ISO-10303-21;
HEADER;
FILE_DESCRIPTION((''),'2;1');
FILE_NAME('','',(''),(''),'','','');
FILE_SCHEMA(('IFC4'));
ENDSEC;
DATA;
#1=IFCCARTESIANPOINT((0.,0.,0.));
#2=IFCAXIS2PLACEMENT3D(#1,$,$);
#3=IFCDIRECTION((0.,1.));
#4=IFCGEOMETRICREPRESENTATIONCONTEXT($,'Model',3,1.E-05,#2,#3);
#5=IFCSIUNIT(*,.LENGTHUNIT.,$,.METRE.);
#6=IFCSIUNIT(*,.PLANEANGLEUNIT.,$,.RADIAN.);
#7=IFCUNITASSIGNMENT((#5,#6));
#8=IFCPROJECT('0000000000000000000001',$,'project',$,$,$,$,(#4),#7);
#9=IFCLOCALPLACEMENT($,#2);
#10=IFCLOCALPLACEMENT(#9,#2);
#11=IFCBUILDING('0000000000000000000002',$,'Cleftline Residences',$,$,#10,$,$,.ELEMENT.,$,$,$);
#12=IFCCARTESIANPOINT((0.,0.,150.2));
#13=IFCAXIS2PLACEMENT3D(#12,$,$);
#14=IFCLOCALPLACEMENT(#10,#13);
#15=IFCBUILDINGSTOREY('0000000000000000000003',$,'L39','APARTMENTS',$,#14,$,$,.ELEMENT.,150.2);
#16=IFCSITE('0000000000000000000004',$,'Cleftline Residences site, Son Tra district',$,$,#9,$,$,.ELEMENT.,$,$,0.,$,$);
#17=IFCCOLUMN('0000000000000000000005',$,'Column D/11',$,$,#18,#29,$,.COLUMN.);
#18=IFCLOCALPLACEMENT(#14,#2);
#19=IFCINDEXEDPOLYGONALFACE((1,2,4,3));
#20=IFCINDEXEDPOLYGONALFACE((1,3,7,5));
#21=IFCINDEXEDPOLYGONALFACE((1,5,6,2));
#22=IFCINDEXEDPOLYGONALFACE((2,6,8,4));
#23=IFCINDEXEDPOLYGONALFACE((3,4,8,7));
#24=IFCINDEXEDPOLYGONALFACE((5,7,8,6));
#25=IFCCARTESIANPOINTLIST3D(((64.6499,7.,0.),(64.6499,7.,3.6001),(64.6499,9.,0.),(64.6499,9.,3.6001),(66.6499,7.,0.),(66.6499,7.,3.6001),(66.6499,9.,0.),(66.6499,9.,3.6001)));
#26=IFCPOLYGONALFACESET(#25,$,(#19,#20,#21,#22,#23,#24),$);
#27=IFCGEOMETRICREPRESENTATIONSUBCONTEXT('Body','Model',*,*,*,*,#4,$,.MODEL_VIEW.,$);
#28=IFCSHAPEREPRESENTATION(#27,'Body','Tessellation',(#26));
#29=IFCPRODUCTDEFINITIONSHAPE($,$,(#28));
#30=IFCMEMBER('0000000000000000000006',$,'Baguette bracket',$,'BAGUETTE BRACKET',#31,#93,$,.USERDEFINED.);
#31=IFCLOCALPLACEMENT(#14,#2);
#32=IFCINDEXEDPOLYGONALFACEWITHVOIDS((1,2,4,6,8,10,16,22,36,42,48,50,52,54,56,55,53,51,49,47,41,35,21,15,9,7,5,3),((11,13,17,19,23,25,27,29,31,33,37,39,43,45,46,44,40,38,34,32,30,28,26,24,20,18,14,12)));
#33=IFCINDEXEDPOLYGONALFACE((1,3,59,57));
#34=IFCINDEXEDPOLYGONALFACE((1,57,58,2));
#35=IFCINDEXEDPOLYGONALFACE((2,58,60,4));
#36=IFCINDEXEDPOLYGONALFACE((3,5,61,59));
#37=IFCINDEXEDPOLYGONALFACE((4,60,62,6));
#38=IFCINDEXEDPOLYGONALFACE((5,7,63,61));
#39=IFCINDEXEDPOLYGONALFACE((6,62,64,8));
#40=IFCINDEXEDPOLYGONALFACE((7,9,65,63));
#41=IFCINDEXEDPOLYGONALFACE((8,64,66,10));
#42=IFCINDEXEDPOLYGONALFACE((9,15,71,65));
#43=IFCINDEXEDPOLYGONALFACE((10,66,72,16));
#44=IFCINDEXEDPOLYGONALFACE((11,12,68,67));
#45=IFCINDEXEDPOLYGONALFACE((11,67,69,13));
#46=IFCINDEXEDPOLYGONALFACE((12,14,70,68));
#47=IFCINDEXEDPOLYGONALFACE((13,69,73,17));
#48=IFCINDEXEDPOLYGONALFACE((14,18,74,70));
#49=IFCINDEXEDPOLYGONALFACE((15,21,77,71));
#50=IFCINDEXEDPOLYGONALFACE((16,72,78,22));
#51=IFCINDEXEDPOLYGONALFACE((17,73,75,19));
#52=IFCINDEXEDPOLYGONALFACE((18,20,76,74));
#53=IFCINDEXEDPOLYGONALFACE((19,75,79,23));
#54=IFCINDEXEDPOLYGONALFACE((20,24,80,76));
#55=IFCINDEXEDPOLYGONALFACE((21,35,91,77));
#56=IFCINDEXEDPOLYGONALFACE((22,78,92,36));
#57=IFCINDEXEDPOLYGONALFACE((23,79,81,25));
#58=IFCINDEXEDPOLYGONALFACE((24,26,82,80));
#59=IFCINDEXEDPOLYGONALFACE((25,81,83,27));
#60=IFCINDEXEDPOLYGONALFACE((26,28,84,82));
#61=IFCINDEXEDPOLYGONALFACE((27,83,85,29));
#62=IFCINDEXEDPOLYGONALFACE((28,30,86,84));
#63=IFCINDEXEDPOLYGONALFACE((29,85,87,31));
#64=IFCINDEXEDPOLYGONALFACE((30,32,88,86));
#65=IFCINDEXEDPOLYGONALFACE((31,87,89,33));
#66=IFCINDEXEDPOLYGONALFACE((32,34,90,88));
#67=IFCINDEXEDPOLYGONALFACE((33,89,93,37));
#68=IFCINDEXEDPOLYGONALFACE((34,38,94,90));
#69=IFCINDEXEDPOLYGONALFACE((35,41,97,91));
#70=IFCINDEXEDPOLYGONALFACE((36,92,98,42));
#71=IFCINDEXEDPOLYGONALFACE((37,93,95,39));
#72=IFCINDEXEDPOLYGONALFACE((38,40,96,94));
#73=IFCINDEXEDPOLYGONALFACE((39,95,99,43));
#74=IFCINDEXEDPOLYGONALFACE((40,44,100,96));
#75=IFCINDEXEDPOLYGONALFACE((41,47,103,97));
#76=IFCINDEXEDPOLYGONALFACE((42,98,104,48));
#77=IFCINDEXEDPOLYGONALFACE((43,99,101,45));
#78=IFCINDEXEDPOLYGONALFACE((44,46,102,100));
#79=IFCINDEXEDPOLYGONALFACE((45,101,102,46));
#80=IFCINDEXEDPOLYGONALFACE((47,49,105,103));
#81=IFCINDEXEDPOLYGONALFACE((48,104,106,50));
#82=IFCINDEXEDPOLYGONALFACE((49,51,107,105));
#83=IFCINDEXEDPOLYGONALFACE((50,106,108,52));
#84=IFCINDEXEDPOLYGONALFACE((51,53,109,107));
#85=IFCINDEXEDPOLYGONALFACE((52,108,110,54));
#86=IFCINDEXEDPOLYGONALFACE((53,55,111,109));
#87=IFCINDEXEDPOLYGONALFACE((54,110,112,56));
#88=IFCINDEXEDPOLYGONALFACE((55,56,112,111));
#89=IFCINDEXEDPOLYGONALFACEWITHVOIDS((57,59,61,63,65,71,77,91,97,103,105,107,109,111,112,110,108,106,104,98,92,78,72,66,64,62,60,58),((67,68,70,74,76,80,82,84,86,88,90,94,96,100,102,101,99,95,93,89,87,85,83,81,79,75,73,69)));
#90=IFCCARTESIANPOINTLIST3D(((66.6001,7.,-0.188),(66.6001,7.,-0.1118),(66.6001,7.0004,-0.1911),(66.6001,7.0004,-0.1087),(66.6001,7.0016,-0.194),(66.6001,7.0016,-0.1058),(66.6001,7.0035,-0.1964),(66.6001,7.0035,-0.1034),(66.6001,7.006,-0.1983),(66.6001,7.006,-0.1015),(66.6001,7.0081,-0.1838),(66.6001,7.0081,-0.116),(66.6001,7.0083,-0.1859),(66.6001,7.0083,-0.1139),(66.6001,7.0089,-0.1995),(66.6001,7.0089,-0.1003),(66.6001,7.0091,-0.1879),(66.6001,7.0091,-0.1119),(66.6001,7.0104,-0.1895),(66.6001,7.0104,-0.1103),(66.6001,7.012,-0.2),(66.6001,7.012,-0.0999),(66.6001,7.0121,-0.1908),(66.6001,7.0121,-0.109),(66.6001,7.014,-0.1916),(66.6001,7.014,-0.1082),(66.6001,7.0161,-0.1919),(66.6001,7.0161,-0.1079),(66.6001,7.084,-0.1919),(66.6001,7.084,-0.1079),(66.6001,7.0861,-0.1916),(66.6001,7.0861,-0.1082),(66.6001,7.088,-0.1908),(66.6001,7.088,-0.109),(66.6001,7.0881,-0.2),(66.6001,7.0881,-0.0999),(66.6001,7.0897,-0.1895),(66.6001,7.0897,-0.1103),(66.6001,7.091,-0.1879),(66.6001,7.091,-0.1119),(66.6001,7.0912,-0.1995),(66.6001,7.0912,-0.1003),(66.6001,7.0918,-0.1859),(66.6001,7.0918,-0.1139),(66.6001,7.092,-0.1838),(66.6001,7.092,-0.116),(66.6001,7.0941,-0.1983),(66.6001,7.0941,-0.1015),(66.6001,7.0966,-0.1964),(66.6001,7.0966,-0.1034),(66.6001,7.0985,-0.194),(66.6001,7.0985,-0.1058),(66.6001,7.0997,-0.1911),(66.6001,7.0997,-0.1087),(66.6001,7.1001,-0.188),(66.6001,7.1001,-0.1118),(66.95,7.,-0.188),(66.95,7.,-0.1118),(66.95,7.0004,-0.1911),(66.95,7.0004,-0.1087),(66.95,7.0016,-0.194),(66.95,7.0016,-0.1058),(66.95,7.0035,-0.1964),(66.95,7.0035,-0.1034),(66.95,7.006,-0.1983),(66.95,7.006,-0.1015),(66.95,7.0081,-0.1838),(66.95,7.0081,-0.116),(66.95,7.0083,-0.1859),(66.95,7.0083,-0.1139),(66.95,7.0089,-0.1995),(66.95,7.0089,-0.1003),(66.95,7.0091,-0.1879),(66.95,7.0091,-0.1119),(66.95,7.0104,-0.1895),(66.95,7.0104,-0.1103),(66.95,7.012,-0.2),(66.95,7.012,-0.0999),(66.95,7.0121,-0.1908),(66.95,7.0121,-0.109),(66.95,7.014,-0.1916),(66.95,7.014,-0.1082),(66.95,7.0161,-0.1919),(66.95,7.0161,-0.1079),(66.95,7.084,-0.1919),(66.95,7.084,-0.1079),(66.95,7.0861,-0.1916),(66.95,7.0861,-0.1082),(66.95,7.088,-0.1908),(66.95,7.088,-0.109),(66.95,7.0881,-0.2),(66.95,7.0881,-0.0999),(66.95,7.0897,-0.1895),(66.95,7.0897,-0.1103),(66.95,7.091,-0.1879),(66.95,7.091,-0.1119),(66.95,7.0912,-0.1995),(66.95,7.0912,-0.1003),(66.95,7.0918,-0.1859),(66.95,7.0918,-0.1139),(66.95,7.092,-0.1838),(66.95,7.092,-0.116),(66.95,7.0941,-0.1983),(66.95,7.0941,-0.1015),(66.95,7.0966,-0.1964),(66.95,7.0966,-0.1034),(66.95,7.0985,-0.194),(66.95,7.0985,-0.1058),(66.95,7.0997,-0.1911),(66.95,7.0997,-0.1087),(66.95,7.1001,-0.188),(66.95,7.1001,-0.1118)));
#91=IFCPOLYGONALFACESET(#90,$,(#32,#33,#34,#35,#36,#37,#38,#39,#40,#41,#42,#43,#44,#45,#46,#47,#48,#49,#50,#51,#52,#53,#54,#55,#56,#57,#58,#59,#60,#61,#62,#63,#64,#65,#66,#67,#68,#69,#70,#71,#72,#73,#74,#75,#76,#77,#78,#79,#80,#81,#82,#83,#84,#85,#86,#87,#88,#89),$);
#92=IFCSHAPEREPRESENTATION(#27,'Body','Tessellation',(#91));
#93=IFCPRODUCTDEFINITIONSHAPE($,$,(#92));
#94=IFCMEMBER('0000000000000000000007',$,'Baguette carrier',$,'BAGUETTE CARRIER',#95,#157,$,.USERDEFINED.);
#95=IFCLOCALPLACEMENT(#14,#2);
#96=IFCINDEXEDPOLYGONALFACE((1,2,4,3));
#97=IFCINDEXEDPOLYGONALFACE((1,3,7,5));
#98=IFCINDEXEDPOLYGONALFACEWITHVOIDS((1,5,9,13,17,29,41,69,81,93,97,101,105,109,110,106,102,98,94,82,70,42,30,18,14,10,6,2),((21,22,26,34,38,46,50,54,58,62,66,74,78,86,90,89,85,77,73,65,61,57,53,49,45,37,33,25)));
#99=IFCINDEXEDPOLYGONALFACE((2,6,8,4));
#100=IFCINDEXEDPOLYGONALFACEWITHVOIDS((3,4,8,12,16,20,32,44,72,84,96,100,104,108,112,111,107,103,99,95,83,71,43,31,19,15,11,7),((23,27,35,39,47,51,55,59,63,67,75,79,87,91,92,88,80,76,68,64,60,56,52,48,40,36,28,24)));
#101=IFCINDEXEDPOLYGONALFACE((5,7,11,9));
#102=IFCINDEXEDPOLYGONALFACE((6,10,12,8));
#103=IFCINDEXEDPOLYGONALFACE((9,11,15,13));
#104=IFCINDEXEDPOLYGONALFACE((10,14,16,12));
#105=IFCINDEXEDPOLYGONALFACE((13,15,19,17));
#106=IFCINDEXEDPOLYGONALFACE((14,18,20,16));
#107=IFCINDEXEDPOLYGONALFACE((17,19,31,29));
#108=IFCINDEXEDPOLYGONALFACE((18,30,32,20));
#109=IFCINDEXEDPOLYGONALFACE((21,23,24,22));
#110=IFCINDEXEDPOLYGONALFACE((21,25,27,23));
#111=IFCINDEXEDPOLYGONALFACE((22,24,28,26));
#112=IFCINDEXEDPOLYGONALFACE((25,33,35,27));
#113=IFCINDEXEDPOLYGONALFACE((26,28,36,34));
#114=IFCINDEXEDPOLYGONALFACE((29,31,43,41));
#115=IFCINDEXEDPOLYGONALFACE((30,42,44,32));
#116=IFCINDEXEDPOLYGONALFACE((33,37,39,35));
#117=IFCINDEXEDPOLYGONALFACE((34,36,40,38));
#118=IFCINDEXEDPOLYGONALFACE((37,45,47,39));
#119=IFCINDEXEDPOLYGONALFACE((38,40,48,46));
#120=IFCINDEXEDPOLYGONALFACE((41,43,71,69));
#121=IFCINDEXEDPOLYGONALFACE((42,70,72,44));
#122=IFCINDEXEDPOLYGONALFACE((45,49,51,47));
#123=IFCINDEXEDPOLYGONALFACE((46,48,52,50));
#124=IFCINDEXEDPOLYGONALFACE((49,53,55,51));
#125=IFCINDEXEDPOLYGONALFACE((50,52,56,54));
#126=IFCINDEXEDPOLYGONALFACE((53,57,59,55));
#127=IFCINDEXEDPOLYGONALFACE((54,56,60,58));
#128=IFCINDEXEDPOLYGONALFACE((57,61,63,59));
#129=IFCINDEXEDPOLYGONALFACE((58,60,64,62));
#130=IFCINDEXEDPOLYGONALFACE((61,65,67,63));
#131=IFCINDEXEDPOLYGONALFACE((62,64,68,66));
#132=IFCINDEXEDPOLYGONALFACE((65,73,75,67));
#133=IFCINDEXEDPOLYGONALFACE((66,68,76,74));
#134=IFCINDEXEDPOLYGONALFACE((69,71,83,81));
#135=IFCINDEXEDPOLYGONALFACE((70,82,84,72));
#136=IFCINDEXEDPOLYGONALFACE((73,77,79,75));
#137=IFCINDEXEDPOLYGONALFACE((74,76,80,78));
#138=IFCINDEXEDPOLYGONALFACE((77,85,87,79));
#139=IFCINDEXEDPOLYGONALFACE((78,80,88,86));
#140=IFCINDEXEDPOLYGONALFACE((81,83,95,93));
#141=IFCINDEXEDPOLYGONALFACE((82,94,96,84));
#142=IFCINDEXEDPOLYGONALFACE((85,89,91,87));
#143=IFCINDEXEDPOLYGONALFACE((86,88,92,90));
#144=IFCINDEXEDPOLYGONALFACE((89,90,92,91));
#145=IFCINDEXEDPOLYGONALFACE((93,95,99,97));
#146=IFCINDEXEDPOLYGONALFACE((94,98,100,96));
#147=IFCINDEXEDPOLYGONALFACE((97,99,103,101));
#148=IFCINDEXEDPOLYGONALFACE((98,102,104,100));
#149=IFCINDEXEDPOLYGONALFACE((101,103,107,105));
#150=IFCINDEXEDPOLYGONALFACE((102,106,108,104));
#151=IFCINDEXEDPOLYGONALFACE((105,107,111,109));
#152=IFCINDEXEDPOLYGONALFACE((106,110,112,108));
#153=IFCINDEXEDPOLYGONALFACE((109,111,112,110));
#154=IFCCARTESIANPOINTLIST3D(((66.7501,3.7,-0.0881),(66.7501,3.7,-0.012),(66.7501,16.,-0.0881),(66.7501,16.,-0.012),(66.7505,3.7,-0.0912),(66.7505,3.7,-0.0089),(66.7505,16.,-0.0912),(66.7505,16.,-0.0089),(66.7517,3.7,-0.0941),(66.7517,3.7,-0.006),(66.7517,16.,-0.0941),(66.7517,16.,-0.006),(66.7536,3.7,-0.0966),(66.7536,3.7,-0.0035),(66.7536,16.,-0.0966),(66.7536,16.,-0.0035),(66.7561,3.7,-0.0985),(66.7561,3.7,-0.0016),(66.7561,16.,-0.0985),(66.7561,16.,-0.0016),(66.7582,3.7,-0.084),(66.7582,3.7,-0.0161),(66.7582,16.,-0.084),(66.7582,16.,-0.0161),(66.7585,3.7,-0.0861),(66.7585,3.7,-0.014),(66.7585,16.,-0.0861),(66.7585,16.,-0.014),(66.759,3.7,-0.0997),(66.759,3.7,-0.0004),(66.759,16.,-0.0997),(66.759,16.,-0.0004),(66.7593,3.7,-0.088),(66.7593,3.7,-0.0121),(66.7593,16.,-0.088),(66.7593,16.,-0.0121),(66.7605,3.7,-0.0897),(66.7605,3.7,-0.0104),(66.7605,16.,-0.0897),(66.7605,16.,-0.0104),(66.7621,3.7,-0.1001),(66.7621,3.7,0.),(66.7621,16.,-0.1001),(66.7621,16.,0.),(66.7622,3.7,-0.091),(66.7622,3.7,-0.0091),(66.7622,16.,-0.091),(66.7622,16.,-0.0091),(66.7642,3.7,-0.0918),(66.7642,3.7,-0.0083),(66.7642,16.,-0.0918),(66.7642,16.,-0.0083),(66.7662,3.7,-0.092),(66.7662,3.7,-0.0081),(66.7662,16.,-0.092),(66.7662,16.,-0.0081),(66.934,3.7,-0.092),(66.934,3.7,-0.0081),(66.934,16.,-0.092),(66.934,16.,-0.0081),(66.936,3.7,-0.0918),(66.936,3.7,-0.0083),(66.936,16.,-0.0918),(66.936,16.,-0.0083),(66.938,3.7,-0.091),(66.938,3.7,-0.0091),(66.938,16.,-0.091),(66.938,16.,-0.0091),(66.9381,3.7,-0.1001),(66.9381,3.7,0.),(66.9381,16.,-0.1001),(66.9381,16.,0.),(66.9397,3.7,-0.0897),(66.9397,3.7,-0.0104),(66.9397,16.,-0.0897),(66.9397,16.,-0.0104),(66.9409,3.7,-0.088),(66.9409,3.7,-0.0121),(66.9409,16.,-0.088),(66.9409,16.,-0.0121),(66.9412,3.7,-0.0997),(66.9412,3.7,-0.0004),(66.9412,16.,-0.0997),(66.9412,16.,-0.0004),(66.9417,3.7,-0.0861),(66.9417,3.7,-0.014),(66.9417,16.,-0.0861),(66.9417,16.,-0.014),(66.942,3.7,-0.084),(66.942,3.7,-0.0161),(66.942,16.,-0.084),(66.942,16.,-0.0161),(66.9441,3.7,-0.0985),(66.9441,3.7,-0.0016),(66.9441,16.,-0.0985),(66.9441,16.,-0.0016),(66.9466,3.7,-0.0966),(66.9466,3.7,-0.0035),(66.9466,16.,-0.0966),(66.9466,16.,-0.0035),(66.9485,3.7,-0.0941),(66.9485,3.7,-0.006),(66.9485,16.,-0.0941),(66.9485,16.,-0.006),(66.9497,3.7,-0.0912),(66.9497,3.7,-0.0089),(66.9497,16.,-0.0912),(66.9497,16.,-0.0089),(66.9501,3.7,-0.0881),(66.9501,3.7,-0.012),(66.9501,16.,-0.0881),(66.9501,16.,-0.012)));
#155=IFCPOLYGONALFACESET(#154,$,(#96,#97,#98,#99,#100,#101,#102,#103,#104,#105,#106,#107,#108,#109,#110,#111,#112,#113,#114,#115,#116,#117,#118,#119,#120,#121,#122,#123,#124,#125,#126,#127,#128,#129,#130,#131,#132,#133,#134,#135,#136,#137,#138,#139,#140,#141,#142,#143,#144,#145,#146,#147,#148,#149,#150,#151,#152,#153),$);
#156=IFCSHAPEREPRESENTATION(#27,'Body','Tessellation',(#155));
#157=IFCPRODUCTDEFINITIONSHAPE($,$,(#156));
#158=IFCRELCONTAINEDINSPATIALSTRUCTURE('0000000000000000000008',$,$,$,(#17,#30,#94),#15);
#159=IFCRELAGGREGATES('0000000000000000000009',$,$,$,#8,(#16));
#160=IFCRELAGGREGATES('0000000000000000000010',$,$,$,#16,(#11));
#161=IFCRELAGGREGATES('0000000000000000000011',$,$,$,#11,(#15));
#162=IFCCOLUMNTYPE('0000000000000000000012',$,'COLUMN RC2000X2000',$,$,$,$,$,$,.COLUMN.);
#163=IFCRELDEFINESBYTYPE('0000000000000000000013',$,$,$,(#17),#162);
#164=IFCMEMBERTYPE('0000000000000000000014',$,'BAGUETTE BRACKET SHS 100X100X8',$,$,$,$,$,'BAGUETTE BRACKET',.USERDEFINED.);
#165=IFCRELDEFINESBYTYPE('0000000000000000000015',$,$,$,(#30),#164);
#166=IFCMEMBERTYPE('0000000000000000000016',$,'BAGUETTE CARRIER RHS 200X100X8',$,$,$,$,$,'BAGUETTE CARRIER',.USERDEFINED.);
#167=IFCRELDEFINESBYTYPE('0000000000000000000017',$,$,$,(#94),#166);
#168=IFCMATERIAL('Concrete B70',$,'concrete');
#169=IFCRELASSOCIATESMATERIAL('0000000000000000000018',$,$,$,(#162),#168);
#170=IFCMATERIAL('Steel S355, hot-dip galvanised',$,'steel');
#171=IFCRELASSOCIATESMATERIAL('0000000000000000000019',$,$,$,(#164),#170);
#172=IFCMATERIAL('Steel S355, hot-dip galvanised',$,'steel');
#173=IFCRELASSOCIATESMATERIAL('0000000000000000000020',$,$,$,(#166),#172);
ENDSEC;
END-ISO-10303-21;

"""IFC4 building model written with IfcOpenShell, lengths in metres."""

from ifc_helpers import new_model, si_unit, direction, frame, origin, origin_2d, place, context, subcontext, project, spatial, rectangle, hollow_rectangle, extrude, material, material_profile, profile_set, type_object, element, save


model = new_model("IFC4")

# Units and contexts
model_context = context("Model", 3, precision=1e-05, world=origin(), true_north=direction((0.0, 1.0)))
body_context = subcontext(model_context, "Body", "Model", "MODEL_VIEW")
ifc_project = project(units=[si_unit("LENGTHUNIT", "METRE"), si_unit("PLANEANGLEUNIT", "RADIAN")], contexts=[model_context])

# Site, building, storey
site_placement = place(None, origin())
site = spatial("IfcSite", under=ifc_project, at=site_placement, Name="Cleftline Residences site, Son Tra district", CompositionType="ELEMENT", RefElevation=0.0)
building_placement = place(site_placement, origin())
building = spatial("IfcBuilding", under=site, at=building_placement, Name="Cleftline Residences", CompositionType="ELEMENT")
storey_placement = place(building_placement, frame((0.0, 0.0, 150.2)))
storey = spatial("IfcBuildingStorey", under=building, at=storey_placement, Name="L39", Description="APARTMENTS", CompositionType="ELEMENT", Elevation=150.2)

# Column
ifc_material_1 = material(Name="Concrete B70", Category="concrete")
ifc_material_profile_1 = material_profile(ifc_material_1, rectangle(XDim=2.0, YDim=2.0, at=origin_2d()))
ifc_profile_set_1 = profile_set([ifc_material_profile_1], Name="Concrete B70")
column_type = type_object("IfcColumnType", Name="COLUMN RC2000X2000", PredefinedType="COLUMN", material=ifc_profile_set_1)
column_placement = place(storey_placement, frame((65.6499, 8.0, 0.0), z_axis=(0.0, 0.0, 1.0), x_axis=(1.0, 0.0, 0.0)))
element("IfcColumn", 1, at=column_placement, inside=storey, type_object=column_type, Name="Column D/11", PredefinedType="COLUMN", context=body_context, shape_type="SweptSolid", body=[
    extrude(rectangle(XDim=2.0, YDim=2.0, at=origin_2d()), origin(), (0.0, 0.0, 1.0), 3.6001),
])

# Members
ifc_material_2 = material(Name="Steel S355, hot-dip galvanised", Category="steel")
ifc_material_profile_2 = material_profile(ifc_material_2, hollow_rectangle(XDim=0.1001, YDim=0.1001, WallThickness=0.0081, InnerFilletRadius=0.0081, OuterFilletRadius=0.012, at=origin_2d()))
ifc_profile_set_2 = profile_set([ifc_material_profile_2], Name="Steel S355, hot-dip galvanised")
member_type_1 = type_object("IfcMemberType", Name="BAGUETTE BRACKET SHS 100X100X8", ElementType="BAGUETTE BRACKET", PredefinedType="USERDEFINED", material=ifc_profile_set_2)
member_1_placement = place(storey_placement, frame((66.6001, 7.05, -0.1499), z_axis=(1.0, 0.0, 0.0), x_axis=(0.0, 1.0, 0.0)))
element("IfcMember", 2, at=member_1_placement, inside=storey, type_object=member_type_1, Name="Baguette bracket", ObjectType="BAGUETTE BRACKET", PredefinedType="USERDEFINED", context=body_context, shape_type="SweptSolid", body=[
    extrude(hollow_rectangle(XDim=0.1001, YDim=0.1001, WallThickness=0.0081, InnerFilletRadius=0.0081, OuterFilletRadius=0.012, at=origin_2d()), origin(), (0.0, 0.0, 1.0), 0.3499),
])
ifc_material_3 = material(Name="Steel S355, hot-dip galvanised", Category="steel")
ifc_material_profile_3 = material_profile(ifc_material_3, hollow_rectangle(XDim=0.1001, YDim=0.2, WallThickness=0.0081, InnerFilletRadius=0.0081, OuterFilletRadius=0.012, at=origin_2d()))
ifc_profile_set_3 = profile_set([ifc_material_profile_3], Name="Steel S355, hot-dip galvanised")
member_type_2 = type_object("IfcMemberType", Name="BAGUETTE CARRIER RHS 200X100X8", ElementType="BAGUETTE CARRIER", PredefinedType="USERDEFINED", material=ifc_profile_set_3)
member_2_placement = place(storey_placement, frame((66.8501, 3.7, -0.05), z_axis=(0.0, 1.0, 0.0), x_axis=(0.0, 0.0, 1.0)))
element("IfcMember", 3, at=member_2_placement, inside=storey, type_object=member_type_2, Name="Baguette carrier", ObjectType="BAGUETTE CARRIER", PredefinedType="USERDEFINED", context=body_context, shape_type="SweptSolid", body=[
    extrude(hollow_rectangle(XDim=0.1001, YDim=0.2, WallThickness=0.0081, InnerFilletRadius=0.0081, OuterFilletRadius=0.012, at=origin_2d()), origin(), (0.0, 0.0, 1.0), 12.3),
])

save(model, "model.ifc")
